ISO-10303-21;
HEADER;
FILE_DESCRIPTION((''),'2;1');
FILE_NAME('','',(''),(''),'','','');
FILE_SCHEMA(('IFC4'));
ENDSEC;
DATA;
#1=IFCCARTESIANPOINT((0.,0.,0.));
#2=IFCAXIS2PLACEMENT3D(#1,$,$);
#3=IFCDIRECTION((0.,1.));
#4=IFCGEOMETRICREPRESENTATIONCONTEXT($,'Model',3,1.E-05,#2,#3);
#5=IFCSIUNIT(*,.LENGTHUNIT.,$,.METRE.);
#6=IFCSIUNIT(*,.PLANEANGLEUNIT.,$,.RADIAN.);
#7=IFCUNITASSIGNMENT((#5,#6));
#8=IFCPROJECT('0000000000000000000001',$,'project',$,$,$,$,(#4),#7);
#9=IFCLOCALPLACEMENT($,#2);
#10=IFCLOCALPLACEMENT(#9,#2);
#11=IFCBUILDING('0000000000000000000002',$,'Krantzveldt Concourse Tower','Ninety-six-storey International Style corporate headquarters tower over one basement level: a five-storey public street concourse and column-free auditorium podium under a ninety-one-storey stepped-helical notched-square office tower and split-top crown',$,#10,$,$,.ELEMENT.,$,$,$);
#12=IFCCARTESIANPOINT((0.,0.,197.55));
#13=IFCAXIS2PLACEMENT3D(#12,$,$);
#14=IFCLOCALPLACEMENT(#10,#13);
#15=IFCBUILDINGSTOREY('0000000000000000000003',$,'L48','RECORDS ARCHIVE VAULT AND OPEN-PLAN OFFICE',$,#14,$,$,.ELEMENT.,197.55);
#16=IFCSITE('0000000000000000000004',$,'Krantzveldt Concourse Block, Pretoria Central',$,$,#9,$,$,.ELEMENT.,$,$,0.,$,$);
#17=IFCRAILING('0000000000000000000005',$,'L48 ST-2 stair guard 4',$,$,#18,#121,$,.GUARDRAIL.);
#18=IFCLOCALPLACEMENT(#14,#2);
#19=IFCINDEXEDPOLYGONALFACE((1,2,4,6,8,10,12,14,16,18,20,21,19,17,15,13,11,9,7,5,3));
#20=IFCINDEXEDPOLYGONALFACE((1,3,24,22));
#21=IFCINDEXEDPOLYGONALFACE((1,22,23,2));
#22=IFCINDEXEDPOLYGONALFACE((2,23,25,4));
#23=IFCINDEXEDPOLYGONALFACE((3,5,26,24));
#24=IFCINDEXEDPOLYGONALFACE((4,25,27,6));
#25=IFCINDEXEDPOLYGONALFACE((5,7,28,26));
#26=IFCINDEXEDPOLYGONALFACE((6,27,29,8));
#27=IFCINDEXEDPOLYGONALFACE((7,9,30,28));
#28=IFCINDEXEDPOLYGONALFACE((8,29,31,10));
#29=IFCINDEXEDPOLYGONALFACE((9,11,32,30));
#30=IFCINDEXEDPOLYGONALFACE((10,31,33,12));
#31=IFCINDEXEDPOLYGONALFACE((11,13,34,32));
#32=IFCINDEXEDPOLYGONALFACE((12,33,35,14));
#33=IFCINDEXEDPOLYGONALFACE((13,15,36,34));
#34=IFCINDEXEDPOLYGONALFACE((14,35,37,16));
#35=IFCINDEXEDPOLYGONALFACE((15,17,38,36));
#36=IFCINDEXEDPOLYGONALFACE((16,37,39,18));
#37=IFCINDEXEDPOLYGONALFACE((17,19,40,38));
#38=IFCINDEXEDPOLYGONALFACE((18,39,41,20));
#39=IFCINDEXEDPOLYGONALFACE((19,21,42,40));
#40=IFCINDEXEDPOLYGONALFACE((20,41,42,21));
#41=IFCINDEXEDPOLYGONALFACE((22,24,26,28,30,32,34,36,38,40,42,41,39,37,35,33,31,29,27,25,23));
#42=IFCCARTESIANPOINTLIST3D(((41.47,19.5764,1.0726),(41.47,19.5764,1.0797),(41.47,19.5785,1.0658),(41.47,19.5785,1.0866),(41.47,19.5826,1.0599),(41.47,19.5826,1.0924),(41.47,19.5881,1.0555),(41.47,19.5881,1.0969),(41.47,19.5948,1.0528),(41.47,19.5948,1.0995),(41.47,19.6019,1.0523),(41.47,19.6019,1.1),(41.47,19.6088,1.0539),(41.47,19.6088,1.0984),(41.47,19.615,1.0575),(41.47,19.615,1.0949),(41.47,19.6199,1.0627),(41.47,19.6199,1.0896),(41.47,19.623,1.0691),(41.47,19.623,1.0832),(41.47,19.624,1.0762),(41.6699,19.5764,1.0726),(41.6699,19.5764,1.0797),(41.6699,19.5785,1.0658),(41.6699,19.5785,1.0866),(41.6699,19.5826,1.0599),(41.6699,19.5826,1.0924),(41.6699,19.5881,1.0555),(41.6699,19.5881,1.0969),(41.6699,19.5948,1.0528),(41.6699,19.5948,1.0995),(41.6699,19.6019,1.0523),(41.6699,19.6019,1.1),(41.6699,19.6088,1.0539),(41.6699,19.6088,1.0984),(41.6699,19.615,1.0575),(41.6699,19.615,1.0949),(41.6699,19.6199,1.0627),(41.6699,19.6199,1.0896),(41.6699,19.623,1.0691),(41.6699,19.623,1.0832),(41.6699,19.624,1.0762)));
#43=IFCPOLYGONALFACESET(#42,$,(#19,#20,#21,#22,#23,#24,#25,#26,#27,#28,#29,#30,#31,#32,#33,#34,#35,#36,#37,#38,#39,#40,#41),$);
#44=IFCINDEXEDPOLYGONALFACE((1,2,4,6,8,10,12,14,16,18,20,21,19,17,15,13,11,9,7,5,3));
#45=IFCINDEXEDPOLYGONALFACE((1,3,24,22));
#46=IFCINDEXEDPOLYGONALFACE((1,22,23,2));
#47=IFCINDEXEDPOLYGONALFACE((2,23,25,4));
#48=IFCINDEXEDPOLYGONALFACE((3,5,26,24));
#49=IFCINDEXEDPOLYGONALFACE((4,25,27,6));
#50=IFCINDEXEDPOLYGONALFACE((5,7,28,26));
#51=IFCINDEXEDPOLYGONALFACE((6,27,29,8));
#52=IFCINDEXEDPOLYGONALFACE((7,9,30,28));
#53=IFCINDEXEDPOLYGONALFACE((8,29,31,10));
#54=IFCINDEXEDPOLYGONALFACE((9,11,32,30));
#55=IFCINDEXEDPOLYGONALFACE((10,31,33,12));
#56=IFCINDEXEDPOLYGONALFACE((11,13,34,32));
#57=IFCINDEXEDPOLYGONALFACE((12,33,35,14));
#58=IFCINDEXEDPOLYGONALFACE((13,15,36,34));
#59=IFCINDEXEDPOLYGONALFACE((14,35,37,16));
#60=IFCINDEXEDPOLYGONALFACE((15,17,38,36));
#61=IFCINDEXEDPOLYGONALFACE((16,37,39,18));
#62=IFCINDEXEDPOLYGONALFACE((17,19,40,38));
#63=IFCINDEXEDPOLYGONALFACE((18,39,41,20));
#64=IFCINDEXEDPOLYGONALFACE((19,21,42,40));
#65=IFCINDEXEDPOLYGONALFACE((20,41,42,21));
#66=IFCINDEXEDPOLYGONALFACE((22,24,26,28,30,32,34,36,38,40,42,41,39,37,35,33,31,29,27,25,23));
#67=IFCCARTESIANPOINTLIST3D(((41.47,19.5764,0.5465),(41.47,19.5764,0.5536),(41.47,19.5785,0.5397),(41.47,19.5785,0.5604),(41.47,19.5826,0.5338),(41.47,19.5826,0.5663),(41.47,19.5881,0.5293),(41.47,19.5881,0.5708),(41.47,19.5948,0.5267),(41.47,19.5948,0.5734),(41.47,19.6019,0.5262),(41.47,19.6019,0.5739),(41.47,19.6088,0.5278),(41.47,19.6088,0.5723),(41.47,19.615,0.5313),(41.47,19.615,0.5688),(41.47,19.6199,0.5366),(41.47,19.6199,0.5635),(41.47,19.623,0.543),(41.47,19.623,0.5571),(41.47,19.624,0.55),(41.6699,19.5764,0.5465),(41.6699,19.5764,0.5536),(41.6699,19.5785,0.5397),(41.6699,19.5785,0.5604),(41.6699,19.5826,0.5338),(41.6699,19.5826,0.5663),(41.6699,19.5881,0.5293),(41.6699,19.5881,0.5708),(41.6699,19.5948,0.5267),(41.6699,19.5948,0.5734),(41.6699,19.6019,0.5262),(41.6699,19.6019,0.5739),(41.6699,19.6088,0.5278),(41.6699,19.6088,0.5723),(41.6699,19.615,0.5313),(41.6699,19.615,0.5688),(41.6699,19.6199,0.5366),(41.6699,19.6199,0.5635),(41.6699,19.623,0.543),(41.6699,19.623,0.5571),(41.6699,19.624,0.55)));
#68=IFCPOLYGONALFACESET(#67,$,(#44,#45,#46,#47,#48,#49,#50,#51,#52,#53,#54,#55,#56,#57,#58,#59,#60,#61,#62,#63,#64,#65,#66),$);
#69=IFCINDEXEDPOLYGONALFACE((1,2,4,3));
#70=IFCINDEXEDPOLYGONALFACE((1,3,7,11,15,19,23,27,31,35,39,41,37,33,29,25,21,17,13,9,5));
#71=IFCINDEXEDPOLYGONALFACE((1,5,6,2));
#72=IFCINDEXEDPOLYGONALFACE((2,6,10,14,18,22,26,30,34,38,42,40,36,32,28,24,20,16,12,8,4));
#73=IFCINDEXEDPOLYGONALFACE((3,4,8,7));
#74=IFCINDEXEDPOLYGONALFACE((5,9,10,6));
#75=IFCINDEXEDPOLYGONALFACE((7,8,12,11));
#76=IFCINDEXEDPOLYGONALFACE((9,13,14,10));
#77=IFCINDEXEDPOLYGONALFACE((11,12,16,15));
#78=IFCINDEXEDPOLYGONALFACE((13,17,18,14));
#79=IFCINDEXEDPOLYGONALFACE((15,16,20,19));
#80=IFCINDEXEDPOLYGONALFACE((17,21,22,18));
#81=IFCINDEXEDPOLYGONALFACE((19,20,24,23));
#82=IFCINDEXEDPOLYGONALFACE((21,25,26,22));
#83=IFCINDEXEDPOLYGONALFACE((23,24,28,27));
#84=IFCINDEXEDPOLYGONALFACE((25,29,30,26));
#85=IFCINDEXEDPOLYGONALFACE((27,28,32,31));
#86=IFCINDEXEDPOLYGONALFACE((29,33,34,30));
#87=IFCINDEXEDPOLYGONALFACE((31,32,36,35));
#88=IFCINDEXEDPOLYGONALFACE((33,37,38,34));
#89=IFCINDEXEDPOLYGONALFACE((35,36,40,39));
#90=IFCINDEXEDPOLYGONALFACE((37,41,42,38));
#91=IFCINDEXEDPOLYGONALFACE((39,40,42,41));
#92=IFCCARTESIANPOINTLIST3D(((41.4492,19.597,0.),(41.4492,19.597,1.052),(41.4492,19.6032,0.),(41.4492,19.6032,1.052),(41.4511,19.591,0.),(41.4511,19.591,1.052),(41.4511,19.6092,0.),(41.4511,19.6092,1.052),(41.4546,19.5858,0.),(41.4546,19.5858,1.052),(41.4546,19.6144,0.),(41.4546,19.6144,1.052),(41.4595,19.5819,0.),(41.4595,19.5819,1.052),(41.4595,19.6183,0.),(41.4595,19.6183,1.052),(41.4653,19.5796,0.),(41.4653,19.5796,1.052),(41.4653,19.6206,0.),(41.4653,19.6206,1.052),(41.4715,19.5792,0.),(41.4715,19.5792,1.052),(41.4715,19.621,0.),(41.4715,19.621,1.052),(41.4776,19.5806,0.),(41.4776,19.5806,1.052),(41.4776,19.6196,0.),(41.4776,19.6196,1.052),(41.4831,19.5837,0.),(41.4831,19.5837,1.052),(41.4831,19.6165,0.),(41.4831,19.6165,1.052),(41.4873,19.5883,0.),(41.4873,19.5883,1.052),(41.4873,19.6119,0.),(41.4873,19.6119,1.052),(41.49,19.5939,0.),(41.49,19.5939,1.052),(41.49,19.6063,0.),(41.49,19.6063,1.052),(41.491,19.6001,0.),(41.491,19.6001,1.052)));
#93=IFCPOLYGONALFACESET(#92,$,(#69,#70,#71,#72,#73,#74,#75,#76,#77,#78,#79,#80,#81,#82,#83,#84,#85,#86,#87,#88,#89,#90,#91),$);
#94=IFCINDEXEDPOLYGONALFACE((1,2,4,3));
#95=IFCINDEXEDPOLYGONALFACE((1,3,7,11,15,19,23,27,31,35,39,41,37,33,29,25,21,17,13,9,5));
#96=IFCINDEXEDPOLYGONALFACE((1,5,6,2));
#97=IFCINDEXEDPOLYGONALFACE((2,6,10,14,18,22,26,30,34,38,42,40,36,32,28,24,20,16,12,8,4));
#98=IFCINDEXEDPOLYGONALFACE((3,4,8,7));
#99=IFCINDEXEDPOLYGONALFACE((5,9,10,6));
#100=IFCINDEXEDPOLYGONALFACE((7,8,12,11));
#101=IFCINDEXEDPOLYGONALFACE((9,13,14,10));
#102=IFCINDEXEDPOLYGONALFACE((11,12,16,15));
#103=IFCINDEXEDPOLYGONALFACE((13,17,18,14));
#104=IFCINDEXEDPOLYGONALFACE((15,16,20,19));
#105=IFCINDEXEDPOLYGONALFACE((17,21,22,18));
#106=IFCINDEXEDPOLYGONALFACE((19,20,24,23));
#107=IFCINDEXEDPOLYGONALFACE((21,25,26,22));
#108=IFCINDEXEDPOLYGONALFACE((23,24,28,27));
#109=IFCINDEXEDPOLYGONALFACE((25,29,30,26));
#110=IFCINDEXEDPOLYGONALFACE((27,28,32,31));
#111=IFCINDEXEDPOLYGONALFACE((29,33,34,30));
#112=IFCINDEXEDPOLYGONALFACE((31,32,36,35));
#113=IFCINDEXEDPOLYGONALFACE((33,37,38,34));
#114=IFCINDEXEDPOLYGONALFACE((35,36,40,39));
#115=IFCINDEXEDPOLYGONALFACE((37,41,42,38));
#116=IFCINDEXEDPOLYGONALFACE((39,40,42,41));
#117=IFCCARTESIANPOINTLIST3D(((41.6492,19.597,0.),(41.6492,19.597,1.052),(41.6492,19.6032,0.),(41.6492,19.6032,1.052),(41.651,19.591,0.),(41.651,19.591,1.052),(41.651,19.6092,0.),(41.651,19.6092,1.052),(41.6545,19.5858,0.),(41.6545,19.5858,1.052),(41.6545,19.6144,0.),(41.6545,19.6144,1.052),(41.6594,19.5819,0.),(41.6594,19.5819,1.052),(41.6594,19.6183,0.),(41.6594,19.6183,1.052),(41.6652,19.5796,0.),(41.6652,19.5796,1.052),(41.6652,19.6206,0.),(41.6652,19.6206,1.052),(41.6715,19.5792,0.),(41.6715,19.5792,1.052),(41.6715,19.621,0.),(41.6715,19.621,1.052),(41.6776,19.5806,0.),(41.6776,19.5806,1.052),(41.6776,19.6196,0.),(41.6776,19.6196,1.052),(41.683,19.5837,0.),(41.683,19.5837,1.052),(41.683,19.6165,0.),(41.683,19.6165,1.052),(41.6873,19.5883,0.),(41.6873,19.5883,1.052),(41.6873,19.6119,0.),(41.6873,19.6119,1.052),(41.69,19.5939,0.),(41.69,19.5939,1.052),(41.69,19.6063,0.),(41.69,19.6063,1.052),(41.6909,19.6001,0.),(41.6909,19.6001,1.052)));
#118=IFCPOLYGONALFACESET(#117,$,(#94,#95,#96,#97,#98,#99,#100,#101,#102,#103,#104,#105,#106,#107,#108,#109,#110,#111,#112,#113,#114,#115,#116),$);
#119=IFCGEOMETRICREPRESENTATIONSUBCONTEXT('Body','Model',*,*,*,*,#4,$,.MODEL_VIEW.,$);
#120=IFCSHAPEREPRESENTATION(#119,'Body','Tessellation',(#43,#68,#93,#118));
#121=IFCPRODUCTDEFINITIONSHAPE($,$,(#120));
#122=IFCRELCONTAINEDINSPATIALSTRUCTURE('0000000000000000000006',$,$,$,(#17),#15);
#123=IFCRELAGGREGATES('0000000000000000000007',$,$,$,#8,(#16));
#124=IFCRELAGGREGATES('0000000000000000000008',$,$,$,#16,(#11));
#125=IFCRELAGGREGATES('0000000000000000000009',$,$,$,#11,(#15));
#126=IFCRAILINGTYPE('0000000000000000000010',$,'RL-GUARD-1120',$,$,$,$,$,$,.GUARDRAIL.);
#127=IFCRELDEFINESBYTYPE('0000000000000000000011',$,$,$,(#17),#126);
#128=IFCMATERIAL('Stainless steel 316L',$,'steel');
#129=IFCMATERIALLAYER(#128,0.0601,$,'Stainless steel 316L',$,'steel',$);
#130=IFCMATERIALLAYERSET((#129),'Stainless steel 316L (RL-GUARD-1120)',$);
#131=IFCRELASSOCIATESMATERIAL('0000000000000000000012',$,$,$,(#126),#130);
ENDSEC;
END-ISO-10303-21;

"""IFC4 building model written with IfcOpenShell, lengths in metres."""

from ifc_helpers import new_model, si_unit, direction, frame, origin, origin_2d, place, context, subcontext, project, spatial, circle, extrude, material, layer, layer_set, type_object, element, save


model = new_model("IFC4")

# Units and contexts
model_context = context("Model", 3, precision=1e-05, world=origin(), true_north=direction((0.0, 1.0)))
body_context = subcontext(model_context, "Body", "Model", "MODEL_VIEW")
ifc_project = project(units=[si_unit("LENGTHUNIT", "METRE"), si_unit("PLANEANGLEUNIT", "RADIAN")], contexts=[model_context])

# Site, building, storey
site_placement = place(None, origin())
site = spatial("IfcSite", under=ifc_project, at=site_placement, Name="Krantzveldt Concourse Block, Pretoria Central", CompositionType="ELEMENT", RefElevation=0.0)
building_placement = place(site_placement, origin())
building = spatial("IfcBuilding", under=site, at=building_placement, Name="Krantzveldt Concourse Tower", Description="Ninety-six-storey International Style corporate headquarters tower over one basement level: a five-storey public street concourse and column-free auditorium podium under a ninety-one-storey stepped-helical notched-square office tower and split-top crown", CompositionType="ELEMENT")
storey_placement = place(building_placement, frame((0.0, 0.0, 197.55)))
storey = spatial("IfcBuildingStorey", under=building, at=storey_placement, Name="L48", Description="RECORDS ARCHIVE VAULT AND OPEN-PLAN OFFICE", CompositionType="ELEMENT", Elevation=197.55)

# Shared definitions
ifc_material_1 = material(Name="Stainless steel 316L", Category="steel")

# Railing
ifc_layer_1 = layer(ifc_material_1, 0.0601, Name="Stainless steel 316L", Category="steel")
ifc_layer_set_1 = layer_set([ifc_layer_1], Name="Stainless steel 316L (RL-GUARD-1120)")
railing_type_1 = type_object("IfcRailingType", Name="RL-GUARD-1120", PredefinedType="GUARDRAIL", material=ifc_layer_set_1)
railing_1_placement = place(storey_placement, frame((41.47, 19.6001, 0.0)))
element("IfcRailing", 1, at=railing_1_placement, inside=storey, type_object=railing_type_1, Name="L48 ST-2 stair guard 4", PredefinedType="GUARDRAIL", context=body_context, shape_type="SweptSolid", body=[
    extrude(circle(Radius=0.0239, at=origin_2d()), frame((0.0, 0.0, 1.0762), z_axis=(1.0, 0.0, 0.0), x_axis=(0.0, 1.0, 0.0)), (0.0, 0.0, 1.0), 0.2),
    extrude(circle(Radius=0.0239, at=origin_2d()), frame((0.0, 0.0, 0.55), z_axis=(1.0, 0.0, 0.0), x_axis=(0.0, 1.0, 0.0)), (0.0, 0.0, 1.0), 0.2),
    extrude(circle(Radius=0.021, at=origin_2d()), origin(), (0.0, 0.0, 1.0), 1.052),
    extrude(circle(Radius=0.021, at=origin_2d()), frame((0.2, 0.0, 0.0)), (0.0, 0.0, 1.0), 1.052),
])

save(model, "model.ifc")
